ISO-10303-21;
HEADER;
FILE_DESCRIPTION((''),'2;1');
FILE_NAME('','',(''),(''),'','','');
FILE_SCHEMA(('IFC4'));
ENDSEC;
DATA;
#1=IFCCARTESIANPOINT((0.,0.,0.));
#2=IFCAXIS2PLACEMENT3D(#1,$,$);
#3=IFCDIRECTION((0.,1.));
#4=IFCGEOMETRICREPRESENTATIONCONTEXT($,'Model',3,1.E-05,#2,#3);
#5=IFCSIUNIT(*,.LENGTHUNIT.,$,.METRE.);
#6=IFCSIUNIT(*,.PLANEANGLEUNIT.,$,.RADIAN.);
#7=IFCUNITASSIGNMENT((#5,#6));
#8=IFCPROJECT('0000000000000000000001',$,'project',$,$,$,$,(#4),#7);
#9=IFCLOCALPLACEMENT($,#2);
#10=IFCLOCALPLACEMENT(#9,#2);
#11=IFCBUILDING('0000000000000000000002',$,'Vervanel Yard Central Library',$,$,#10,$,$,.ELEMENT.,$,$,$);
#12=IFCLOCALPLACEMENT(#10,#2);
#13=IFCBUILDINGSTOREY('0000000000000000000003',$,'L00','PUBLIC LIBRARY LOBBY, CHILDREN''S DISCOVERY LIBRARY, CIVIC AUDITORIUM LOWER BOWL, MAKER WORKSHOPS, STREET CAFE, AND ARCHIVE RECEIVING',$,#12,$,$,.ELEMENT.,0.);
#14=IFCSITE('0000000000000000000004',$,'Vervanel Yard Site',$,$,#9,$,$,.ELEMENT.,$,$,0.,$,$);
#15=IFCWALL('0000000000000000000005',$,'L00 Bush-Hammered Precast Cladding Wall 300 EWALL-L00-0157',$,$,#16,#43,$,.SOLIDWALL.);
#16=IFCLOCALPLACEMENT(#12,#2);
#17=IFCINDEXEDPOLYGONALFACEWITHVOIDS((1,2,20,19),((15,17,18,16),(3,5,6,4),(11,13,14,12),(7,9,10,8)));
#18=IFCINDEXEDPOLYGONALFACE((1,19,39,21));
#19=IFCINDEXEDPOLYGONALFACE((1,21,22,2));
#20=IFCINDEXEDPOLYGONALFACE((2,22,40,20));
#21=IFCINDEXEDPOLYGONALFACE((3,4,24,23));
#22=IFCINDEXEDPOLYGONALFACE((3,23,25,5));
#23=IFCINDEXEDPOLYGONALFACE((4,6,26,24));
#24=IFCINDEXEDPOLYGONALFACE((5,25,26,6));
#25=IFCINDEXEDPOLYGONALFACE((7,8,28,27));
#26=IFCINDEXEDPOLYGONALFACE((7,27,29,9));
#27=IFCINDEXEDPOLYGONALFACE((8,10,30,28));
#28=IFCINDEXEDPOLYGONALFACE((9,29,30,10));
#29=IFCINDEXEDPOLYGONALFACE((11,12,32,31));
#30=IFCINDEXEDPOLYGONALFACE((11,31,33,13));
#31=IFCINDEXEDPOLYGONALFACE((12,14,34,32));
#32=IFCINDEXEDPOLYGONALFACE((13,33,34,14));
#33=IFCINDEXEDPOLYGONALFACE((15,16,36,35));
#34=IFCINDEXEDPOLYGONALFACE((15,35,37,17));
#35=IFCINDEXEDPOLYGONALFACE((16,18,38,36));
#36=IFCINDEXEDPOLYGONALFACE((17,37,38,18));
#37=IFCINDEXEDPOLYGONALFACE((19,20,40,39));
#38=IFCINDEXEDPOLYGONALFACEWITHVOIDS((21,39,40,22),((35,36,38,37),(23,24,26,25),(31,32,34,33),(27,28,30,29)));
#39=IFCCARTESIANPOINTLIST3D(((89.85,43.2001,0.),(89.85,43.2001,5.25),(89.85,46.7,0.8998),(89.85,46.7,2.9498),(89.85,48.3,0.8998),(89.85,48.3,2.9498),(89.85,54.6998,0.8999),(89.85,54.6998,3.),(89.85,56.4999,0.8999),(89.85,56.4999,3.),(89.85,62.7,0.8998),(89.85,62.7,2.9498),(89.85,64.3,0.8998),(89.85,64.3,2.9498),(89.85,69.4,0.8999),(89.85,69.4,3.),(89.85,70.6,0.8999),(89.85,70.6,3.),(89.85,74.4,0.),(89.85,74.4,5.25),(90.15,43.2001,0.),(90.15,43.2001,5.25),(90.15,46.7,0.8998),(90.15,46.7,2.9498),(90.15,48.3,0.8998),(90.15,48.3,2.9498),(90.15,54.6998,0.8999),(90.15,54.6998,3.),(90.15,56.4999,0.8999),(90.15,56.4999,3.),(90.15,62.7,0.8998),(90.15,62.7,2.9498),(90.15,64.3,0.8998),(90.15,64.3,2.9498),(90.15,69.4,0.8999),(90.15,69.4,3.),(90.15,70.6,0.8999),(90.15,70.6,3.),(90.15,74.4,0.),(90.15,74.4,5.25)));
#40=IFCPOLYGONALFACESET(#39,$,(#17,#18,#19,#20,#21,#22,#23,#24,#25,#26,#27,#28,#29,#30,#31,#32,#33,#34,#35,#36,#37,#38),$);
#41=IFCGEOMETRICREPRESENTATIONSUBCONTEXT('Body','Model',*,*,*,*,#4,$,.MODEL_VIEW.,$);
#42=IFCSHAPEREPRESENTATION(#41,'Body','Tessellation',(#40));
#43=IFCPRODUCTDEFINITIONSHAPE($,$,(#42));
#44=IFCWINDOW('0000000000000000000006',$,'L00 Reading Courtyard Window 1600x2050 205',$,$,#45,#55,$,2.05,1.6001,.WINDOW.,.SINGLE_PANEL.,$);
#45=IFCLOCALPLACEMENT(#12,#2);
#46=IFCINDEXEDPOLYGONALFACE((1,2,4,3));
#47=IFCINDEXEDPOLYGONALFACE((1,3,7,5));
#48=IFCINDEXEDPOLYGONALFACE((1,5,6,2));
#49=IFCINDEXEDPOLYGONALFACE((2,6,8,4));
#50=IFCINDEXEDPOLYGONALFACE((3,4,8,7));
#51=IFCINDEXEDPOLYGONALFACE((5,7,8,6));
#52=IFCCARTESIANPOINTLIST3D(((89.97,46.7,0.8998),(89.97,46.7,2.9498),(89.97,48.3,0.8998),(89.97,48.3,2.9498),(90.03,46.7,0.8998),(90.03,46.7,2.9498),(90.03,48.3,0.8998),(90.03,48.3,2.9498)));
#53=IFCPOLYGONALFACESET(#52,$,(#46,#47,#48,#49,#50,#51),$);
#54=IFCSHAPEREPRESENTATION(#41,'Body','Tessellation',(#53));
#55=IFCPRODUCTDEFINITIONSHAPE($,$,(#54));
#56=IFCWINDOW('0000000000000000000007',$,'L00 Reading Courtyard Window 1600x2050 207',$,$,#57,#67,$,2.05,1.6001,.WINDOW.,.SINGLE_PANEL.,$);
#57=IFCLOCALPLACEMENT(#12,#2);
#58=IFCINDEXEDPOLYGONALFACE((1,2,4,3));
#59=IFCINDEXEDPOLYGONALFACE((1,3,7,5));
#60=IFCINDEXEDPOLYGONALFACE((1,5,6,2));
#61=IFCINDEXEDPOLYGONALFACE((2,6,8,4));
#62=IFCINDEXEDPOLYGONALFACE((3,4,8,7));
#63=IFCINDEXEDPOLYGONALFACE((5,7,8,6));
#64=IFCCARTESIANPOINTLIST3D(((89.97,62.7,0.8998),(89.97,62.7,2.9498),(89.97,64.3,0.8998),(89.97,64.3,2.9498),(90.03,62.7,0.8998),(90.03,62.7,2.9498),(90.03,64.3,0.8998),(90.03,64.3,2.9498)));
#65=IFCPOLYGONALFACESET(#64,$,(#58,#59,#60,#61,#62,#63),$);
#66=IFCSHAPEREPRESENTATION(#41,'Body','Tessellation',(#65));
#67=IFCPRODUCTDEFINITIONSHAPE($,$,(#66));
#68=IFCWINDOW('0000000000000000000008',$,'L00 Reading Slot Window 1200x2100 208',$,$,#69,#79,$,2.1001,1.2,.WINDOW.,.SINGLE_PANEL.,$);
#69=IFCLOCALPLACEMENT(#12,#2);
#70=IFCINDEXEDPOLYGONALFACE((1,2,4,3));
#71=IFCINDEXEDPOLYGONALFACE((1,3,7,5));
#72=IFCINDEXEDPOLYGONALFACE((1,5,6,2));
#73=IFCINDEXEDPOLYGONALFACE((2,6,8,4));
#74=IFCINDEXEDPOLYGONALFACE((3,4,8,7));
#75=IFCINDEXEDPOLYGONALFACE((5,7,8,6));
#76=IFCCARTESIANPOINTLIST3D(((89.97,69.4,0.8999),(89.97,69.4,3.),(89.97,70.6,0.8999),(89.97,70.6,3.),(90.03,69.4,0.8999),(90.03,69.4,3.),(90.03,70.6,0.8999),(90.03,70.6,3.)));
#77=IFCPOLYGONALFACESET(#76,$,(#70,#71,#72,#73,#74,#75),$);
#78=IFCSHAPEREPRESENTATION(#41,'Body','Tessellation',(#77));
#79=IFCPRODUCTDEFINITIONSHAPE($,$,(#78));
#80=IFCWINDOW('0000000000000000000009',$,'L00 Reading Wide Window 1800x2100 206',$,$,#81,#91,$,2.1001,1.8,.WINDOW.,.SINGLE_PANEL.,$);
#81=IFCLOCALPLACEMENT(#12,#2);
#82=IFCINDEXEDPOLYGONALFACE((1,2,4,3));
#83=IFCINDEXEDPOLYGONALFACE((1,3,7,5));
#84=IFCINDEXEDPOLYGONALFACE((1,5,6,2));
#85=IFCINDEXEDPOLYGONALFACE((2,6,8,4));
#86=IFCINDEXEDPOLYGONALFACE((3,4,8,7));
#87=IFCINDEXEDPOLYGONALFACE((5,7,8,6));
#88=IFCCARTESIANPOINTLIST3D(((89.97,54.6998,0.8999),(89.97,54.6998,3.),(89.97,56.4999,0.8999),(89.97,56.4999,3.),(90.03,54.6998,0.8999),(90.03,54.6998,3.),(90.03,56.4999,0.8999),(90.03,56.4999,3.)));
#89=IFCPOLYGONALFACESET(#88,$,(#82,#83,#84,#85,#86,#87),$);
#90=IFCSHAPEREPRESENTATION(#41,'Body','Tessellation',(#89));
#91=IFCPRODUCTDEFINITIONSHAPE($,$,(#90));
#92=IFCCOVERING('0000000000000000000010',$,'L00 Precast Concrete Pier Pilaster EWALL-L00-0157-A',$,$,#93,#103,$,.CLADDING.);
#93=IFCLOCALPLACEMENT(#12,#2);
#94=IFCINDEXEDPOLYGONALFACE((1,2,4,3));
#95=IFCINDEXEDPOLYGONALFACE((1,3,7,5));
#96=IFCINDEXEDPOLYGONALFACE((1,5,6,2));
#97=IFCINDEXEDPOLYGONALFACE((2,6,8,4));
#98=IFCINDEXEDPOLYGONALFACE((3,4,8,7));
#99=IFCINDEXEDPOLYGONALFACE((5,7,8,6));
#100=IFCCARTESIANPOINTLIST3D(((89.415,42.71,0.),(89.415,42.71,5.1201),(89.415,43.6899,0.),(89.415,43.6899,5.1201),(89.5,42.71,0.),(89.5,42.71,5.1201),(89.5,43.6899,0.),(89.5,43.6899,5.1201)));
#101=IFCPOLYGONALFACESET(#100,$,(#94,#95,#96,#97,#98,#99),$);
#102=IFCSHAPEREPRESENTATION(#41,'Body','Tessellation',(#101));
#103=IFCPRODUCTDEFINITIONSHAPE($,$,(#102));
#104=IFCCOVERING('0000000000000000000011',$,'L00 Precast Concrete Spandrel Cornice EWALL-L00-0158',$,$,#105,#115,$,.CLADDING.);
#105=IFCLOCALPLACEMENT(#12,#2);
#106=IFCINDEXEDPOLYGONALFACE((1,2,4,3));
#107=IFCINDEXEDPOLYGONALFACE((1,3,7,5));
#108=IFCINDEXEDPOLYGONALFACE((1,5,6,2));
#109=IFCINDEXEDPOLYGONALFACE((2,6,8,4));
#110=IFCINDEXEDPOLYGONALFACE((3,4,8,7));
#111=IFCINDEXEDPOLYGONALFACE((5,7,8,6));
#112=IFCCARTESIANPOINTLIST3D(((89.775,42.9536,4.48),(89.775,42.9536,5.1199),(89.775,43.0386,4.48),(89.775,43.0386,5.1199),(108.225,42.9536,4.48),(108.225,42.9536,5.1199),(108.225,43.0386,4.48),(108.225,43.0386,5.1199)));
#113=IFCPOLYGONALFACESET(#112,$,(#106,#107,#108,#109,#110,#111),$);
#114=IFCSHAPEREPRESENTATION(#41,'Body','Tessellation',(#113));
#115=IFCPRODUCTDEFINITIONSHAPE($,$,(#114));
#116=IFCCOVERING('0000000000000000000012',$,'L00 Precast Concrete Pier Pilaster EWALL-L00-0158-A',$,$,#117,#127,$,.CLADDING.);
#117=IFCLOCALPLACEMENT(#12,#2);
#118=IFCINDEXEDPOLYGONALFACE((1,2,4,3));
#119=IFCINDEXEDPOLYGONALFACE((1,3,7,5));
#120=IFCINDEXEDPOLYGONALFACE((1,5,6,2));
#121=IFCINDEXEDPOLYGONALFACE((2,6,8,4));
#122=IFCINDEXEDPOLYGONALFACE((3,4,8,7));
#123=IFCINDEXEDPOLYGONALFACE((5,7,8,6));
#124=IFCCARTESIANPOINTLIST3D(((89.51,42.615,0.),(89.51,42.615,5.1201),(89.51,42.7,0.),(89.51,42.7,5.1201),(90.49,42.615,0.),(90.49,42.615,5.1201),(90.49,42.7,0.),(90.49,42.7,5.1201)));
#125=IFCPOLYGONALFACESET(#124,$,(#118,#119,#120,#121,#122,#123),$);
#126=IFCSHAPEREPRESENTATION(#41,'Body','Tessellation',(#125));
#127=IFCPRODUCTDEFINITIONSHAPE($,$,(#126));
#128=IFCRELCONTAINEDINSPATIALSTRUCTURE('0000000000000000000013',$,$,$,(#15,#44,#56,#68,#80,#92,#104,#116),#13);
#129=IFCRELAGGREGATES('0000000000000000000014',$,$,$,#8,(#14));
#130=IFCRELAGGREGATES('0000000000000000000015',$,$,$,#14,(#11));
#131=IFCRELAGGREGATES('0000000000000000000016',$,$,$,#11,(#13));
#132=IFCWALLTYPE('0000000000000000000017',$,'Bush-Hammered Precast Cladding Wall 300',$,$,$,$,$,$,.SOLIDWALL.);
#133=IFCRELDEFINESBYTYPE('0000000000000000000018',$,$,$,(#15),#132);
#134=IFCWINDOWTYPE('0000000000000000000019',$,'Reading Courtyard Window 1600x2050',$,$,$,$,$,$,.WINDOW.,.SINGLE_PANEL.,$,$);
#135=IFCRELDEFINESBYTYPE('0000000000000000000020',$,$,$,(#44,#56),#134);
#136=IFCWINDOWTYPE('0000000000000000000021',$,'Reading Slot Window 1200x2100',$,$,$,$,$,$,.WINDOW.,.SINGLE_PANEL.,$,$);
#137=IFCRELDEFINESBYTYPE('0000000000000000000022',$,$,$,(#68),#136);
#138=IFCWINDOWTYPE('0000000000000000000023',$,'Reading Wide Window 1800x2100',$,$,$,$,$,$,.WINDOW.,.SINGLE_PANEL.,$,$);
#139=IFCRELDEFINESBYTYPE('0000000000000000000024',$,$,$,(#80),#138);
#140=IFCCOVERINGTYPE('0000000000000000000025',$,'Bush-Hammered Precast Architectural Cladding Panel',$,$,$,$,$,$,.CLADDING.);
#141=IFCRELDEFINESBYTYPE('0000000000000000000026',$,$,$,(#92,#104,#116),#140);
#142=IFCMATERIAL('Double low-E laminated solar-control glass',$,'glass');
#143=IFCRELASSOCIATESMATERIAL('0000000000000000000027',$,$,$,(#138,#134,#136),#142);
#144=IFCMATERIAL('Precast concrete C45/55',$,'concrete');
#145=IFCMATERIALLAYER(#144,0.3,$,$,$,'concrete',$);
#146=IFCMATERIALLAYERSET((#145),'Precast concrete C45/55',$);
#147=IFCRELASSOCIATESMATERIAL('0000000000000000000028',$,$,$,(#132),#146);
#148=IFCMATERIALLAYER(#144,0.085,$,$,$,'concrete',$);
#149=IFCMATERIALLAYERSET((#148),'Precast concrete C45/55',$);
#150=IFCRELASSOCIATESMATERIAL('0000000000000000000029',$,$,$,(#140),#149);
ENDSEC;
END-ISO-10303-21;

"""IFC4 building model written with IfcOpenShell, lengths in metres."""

from ifc_helpers import new_model, si_unit, direction, frame, frame_2d, origin, origin_2d, place, context, subcontext, project, spatial, rectangle, extrude, material, layer, layer_set, type_object, element, fill, save


model = new_model("IFC4")

# Units and contexts
model_context = context("Model", 3, precision=1e-05, world=origin(), true_north=direction((0.0, 1.0)))
body_context = subcontext(model_context, "Body", "Model", "MODEL_VIEW")
ifc_project = project(units=[si_unit("LENGTHUNIT", "METRE"), si_unit("PLANEANGLEUNIT", "RADIAN")], contexts=[model_context])

# Site, building, storey
site_placement = place(None, origin())
site = spatial("IfcSite", under=ifc_project, at=site_placement, Name="Vervanel Yard Site", CompositionType="ELEMENT", RefElevation=0.0)
building_placement = place(site_placement, origin())
building = spatial("IfcBuilding", under=site, at=building_placement, Name="Vervanel Yard Central Library", CompositionType="ELEMENT")
storey_placement = place(building_placement, origin())
storey = spatial("IfcBuildingStorey", under=building, at=storey_placement, Name="L00", Description="PUBLIC LIBRARY LOBBY, CHILDREN'S DISCOVERY LIBRARY, CIVIC AUDITORIUM LOWER BOWL, MAKER WORKSHOPS, STREET CAFE, AND ARCHIVE RECEIVING", CompositionType="ELEMENT", Elevation=0.0)

# Shared definitions
ifc_material_1 = material(Name="Double low-E laminated solar-control glass", Category="glass")
window_type_1 = type_object("IfcWindowType", Name="Reading Wide Window 1800x2100", PartitioningType="SINGLE_PANEL", PredefinedType="WINDOW", material=ifc_material_1)

# Wall, openings, windows
ifc_material_2 = material(Name="Precast concrete C45/55", Category="concrete")
ifc_layer_1 = layer(ifc_material_2, 0.3, Category="concrete")
ifc_layer_set_1 = layer_set([ifc_layer_1], Name="Precast concrete C45/55")
wall_type_1 = type_object("IfcWallType", Name="Bush-Hammered Precast Cladding Wall 300", PredefinedType="SOLIDWALL", material=ifc_layer_set_1)
wall_1_placement = place(storey_placement, frame((90.0, 43.2, 0.0), z_axis=(0.0, 0.0, 1.0), x_axis=(0.0, 1.0, 0.0)))
wall_1 = element("IfcWall", 1, at=wall_1_placement, inside=storey, type_object=wall_type_1, Name="L00 Bush-Hammered Precast Cladding Wall 300 EWALL-L00-0157", PredefinedType="SOLIDWALL", context=body_context, shape_type="SweptSolid", body=[
    extrude(rectangle(XDim=31.2, YDim=0.3, at=frame_2d((15.6001, 0.0))), origin(), (0.0, 0.0, 1.0), 5.25),
])
opening_1_placement = place(wall_1_placement, frame((3.5, 0.0, 0.8999)))
opening_1 = element("IfcOpeningElement", 2, at=opening_1_placement, cuts=wall_1, PredefinedType="OPENING", context=body_context, shape_type="SweptSolid", body=[
    extrude(rectangle(XDim=1.6001, YDim=2.05, at=frame_2d((0.8, 1.0249))), frame((0.0, 0.1599, 0.0), z_axis=(0.0, -1.0, 0.0), x_axis=(1.0, 0.0, 0.0)), (0.0, 0.0, 1.0), 0.3201),
])
opening_2_placement = place(wall_1_placement, frame((11.5, 0.0, 0.8999)))
opening_2 = element("IfcOpeningElement", 3, at=opening_2_placement, cuts=wall_1, PredefinedType="OPENING", context=body_context, shape_type="SweptSolid", body=[
    extrude(rectangle(XDim=1.8, YDim=2.1001, at=frame_2d((0.8999, 1.05))), frame((0.0, 0.1599, 0.0), z_axis=(0.0, -1.0, 0.0), x_axis=(1.0, 0.0, 0.0)), (0.0, 0.0, 1.0), 0.3201),
])
opening_3_placement = place(wall_1_placement, frame((19.5, 0.0, 0.8999)))
opening_3 = element("IfcOpeningElement", 4, at=opening_3_placement, cuts=wall_1, PredefinedType="OPENING", context=body_context, shape_type="SweptSolid", body=[
    extrude(rectangle(XDim=1.6001, YDim=2.05, at=frame_2d((0.8, 1.0249))), frame((0.0, 0.1599, 0.0), z_axis=(0.0, -1.0, 0.0), x_axis=(1.0, 0.0, 0.0)), (0.0, 0.0, 1.0), 0.3201),
])
opening_4_placement = place(wall_1_placement, frame((26.2, 0.0, 0.8999)))
opening_4 = element("IfcOpeningElement", 5, at=opening_4_placement, cuts=wall_1, PredefinedType="OPENING", context=body_context, shape_type="SweptSolid", body=[
    extrude(rectangle(XDim=1.2, YDim=2.1001, at=frame_2d((0.6001, 1.05))), frame((0.0, 0.1599, 0.0), z_axis=(0.0, -1.0, 0.0), x_axis=(1.0, 0.0, 0.0)), (0.0, 0.0, 1.0), 0.3201),
])
window_type_2 = type_object("IfcWindowType", Name="Reading Courtyard Window 1600x2050", PartitioningType="SINGLE_PANEL", PredefinedType="WINDOW", material=ifc_material_1)
window_1_placement = place(opening_1_placement, origin())
window_1 = element("IfcWindow", 6, at=window_1_placement, inside=storey, type_object=window_type_2, Name="L00 Reading Courtyard Window 1600x2050 205", OverallHeight=2.05, OverallWidth=1.6001, PartitioningType="SINGLE_PANEL", PredefinedType="WINDOW", context=body_context, shape_type="SweptSolid", body=[
    extrude(rectangle(XDim=1.6001, YDim=2.05, at=frame_2d((0.8, 1.0249))), frame((0.0, 0.03, 0.0), z_axis=(0.0, -1.0, 0.0), x_axis=(1.0, 0.0, 0.0)), (0.0, 0.0, 1.0), 0.0601),
])
fill(opening_1, window_1)
window_2_placement = place(opening_3_placement, origin())
window_2 = element("IfcWindow", 7, at=window_2_placement, inside=storey, type_object=window_type_2, Name="L00 Reading Courtyard Window 1600x2050 207", OverallHeight=2.05, OverallWidth=1.6001, PartitioningType="SINGLE_PANEL", PredefinedType="WINDOW", context=body_context, shape_type="SweptSolid", body=[
    extrude(rectangle(XDim=1.6001, YDim=2.05, at=frame_2d((0.8, 1.0249))), frame((0.0, 0.03, 0.0), z_axis=(0.0, -1.0, 0.0), x_axis=(1.0, 0.0, 0.0)), (0.0, 0.0, 1.0), 0.0601),
])
fill(opening_3, window_2)
window_type_3 = type_object("IfcWindowType", Name="Reading Slot Window 1200x2100", PartitioningType="SINGLE_PANEL", PredefinedType="WINDOW", material=ifc_material_1)
window_3_placement = place(opening_4_placement, origin())
window_3 = element("IfcWindow", 8, at=window_3_placement, inside=storey, type_object=window_type_3, Name="L00 Reading Slot Window 1200x2100 208", OverallHeight=2.1001, OverallWidth=1.2, PartitioningType="SINGLE_PANEL", PredefinedType="WINDOW", context=body_context, shape_type="SweptSolid", body=[
    extrude(rectangle(XDim=1.2, YDim=2.1001, at=frame_2d((0.6001, 1.05))), frame((0.0, 0.03, 0.0), z_axis=(0.0, -1.0, 0.0), x_axis=(1.0, 0.0, 0.0)), (0.0, 0.0, 1.0), 0.0601),
])
fill(opening_4, window_3)
window_4_placement = place(opening_2_placement, origin())
window_4 = element("IfcWindow", 9, at=window_4_placement, inside=storey, type_object=window_type_1, Name="L00 Reading Wide Window 1800x2100 206", OverallHeight=2.1001, OverallWidth=1.8, PartitioningType="SINGLE_PANEL", PredefinedType="WINDOW", context=body_context, shape_type="SweptSolid", body=[
    extrude(rectangle(XDim=1.8, YDim=2.1001, at=frame_2d((0.8999, 1.05))), frame((0.0, 0.03, 0.0), z_axis=(0.0, -1.0, 0.0), x_axis=(1.0, 0.0, 0.0)), (0.0, 0.0, 1.0), 0.0601),
])
fill(opening_2, window_4)

# Coverings
ifc_layer_2 = layer(ifc_material_2, 0.085, Category="concrete")
ifc_layer_set_2 = layer_set([ifc_layer_2], Name="Precast concrete C45/55")
covering_type = type_object("IfcCoveringType", Name="Bush-Hammered Precast Architectural Cladding Panel", PredefinedType="CLADDING", material=ifc_layer_set_2)
covering_1_placement = place(storey_placement, frame((89.4575, 43.2, 0.0), z_axis=(0.0, 0.0, 1.0), x_axis=(0.0, 1.0, 0.0)))
element("IfcCovering", 10, at=covering_1_placement, inside=storey, type_object=covering_type, Name="L00 Precast Concrete Pier Pilaster EWALL-L00-0157-A", PredefinedType="CLADDING", context=body_context, shape_type="SweptSolid", body=[
    extrude(rectangle(XDim=0.98, YDim=0.085, at=origin_2d()), origin(), (0.0, 0.0, 1.0), 5.1201),
])
covering_2_placement = place(storey_placement, frame((99.0, 42.9961, 4.48), z_axis=(0.0, 0.0, 1.0), x_axis=(1.0, 0.0, 0.0)))
element("IfcCovering", 11, at=covering_2_placement, inside=storey, type_object=covering_type, Name="L00 Precast Concrete Spandrel Cornice EWALL-L00-0158", PredefinedType="CLADDING", context=body_context, shape_type="SweptSolid", body=[
    extrude(rectangle(XDim=18.45, YDim=0.085, at=origin_2d()), origin(), (0.0, 0.0, 1.0), 0.6399),
])
covering_3_placement = place(storey_placement, frame((90.0, 42.6575, 0.0), z_axis=(0.0, 0.0, 1.0), x_axis=(1.0, 0.0, 0.0)))
element("IfcCovering", 12, at=covering_3_placement, inside=storey, type_object=covering_type, Name="L00 Precast Concrete Pier Pilaster EWALL-L00-0158-A", PredefinedType="CLADDING", context=body_context, shape_type="SweptSolid", body=[
    extrude(rectangle(XDim=0.98, YDim=0.085, at=origin_2d()), origin(), (0.0, 0.0, 1.0), 5.1201),
])

save(model, "model.ifc")
